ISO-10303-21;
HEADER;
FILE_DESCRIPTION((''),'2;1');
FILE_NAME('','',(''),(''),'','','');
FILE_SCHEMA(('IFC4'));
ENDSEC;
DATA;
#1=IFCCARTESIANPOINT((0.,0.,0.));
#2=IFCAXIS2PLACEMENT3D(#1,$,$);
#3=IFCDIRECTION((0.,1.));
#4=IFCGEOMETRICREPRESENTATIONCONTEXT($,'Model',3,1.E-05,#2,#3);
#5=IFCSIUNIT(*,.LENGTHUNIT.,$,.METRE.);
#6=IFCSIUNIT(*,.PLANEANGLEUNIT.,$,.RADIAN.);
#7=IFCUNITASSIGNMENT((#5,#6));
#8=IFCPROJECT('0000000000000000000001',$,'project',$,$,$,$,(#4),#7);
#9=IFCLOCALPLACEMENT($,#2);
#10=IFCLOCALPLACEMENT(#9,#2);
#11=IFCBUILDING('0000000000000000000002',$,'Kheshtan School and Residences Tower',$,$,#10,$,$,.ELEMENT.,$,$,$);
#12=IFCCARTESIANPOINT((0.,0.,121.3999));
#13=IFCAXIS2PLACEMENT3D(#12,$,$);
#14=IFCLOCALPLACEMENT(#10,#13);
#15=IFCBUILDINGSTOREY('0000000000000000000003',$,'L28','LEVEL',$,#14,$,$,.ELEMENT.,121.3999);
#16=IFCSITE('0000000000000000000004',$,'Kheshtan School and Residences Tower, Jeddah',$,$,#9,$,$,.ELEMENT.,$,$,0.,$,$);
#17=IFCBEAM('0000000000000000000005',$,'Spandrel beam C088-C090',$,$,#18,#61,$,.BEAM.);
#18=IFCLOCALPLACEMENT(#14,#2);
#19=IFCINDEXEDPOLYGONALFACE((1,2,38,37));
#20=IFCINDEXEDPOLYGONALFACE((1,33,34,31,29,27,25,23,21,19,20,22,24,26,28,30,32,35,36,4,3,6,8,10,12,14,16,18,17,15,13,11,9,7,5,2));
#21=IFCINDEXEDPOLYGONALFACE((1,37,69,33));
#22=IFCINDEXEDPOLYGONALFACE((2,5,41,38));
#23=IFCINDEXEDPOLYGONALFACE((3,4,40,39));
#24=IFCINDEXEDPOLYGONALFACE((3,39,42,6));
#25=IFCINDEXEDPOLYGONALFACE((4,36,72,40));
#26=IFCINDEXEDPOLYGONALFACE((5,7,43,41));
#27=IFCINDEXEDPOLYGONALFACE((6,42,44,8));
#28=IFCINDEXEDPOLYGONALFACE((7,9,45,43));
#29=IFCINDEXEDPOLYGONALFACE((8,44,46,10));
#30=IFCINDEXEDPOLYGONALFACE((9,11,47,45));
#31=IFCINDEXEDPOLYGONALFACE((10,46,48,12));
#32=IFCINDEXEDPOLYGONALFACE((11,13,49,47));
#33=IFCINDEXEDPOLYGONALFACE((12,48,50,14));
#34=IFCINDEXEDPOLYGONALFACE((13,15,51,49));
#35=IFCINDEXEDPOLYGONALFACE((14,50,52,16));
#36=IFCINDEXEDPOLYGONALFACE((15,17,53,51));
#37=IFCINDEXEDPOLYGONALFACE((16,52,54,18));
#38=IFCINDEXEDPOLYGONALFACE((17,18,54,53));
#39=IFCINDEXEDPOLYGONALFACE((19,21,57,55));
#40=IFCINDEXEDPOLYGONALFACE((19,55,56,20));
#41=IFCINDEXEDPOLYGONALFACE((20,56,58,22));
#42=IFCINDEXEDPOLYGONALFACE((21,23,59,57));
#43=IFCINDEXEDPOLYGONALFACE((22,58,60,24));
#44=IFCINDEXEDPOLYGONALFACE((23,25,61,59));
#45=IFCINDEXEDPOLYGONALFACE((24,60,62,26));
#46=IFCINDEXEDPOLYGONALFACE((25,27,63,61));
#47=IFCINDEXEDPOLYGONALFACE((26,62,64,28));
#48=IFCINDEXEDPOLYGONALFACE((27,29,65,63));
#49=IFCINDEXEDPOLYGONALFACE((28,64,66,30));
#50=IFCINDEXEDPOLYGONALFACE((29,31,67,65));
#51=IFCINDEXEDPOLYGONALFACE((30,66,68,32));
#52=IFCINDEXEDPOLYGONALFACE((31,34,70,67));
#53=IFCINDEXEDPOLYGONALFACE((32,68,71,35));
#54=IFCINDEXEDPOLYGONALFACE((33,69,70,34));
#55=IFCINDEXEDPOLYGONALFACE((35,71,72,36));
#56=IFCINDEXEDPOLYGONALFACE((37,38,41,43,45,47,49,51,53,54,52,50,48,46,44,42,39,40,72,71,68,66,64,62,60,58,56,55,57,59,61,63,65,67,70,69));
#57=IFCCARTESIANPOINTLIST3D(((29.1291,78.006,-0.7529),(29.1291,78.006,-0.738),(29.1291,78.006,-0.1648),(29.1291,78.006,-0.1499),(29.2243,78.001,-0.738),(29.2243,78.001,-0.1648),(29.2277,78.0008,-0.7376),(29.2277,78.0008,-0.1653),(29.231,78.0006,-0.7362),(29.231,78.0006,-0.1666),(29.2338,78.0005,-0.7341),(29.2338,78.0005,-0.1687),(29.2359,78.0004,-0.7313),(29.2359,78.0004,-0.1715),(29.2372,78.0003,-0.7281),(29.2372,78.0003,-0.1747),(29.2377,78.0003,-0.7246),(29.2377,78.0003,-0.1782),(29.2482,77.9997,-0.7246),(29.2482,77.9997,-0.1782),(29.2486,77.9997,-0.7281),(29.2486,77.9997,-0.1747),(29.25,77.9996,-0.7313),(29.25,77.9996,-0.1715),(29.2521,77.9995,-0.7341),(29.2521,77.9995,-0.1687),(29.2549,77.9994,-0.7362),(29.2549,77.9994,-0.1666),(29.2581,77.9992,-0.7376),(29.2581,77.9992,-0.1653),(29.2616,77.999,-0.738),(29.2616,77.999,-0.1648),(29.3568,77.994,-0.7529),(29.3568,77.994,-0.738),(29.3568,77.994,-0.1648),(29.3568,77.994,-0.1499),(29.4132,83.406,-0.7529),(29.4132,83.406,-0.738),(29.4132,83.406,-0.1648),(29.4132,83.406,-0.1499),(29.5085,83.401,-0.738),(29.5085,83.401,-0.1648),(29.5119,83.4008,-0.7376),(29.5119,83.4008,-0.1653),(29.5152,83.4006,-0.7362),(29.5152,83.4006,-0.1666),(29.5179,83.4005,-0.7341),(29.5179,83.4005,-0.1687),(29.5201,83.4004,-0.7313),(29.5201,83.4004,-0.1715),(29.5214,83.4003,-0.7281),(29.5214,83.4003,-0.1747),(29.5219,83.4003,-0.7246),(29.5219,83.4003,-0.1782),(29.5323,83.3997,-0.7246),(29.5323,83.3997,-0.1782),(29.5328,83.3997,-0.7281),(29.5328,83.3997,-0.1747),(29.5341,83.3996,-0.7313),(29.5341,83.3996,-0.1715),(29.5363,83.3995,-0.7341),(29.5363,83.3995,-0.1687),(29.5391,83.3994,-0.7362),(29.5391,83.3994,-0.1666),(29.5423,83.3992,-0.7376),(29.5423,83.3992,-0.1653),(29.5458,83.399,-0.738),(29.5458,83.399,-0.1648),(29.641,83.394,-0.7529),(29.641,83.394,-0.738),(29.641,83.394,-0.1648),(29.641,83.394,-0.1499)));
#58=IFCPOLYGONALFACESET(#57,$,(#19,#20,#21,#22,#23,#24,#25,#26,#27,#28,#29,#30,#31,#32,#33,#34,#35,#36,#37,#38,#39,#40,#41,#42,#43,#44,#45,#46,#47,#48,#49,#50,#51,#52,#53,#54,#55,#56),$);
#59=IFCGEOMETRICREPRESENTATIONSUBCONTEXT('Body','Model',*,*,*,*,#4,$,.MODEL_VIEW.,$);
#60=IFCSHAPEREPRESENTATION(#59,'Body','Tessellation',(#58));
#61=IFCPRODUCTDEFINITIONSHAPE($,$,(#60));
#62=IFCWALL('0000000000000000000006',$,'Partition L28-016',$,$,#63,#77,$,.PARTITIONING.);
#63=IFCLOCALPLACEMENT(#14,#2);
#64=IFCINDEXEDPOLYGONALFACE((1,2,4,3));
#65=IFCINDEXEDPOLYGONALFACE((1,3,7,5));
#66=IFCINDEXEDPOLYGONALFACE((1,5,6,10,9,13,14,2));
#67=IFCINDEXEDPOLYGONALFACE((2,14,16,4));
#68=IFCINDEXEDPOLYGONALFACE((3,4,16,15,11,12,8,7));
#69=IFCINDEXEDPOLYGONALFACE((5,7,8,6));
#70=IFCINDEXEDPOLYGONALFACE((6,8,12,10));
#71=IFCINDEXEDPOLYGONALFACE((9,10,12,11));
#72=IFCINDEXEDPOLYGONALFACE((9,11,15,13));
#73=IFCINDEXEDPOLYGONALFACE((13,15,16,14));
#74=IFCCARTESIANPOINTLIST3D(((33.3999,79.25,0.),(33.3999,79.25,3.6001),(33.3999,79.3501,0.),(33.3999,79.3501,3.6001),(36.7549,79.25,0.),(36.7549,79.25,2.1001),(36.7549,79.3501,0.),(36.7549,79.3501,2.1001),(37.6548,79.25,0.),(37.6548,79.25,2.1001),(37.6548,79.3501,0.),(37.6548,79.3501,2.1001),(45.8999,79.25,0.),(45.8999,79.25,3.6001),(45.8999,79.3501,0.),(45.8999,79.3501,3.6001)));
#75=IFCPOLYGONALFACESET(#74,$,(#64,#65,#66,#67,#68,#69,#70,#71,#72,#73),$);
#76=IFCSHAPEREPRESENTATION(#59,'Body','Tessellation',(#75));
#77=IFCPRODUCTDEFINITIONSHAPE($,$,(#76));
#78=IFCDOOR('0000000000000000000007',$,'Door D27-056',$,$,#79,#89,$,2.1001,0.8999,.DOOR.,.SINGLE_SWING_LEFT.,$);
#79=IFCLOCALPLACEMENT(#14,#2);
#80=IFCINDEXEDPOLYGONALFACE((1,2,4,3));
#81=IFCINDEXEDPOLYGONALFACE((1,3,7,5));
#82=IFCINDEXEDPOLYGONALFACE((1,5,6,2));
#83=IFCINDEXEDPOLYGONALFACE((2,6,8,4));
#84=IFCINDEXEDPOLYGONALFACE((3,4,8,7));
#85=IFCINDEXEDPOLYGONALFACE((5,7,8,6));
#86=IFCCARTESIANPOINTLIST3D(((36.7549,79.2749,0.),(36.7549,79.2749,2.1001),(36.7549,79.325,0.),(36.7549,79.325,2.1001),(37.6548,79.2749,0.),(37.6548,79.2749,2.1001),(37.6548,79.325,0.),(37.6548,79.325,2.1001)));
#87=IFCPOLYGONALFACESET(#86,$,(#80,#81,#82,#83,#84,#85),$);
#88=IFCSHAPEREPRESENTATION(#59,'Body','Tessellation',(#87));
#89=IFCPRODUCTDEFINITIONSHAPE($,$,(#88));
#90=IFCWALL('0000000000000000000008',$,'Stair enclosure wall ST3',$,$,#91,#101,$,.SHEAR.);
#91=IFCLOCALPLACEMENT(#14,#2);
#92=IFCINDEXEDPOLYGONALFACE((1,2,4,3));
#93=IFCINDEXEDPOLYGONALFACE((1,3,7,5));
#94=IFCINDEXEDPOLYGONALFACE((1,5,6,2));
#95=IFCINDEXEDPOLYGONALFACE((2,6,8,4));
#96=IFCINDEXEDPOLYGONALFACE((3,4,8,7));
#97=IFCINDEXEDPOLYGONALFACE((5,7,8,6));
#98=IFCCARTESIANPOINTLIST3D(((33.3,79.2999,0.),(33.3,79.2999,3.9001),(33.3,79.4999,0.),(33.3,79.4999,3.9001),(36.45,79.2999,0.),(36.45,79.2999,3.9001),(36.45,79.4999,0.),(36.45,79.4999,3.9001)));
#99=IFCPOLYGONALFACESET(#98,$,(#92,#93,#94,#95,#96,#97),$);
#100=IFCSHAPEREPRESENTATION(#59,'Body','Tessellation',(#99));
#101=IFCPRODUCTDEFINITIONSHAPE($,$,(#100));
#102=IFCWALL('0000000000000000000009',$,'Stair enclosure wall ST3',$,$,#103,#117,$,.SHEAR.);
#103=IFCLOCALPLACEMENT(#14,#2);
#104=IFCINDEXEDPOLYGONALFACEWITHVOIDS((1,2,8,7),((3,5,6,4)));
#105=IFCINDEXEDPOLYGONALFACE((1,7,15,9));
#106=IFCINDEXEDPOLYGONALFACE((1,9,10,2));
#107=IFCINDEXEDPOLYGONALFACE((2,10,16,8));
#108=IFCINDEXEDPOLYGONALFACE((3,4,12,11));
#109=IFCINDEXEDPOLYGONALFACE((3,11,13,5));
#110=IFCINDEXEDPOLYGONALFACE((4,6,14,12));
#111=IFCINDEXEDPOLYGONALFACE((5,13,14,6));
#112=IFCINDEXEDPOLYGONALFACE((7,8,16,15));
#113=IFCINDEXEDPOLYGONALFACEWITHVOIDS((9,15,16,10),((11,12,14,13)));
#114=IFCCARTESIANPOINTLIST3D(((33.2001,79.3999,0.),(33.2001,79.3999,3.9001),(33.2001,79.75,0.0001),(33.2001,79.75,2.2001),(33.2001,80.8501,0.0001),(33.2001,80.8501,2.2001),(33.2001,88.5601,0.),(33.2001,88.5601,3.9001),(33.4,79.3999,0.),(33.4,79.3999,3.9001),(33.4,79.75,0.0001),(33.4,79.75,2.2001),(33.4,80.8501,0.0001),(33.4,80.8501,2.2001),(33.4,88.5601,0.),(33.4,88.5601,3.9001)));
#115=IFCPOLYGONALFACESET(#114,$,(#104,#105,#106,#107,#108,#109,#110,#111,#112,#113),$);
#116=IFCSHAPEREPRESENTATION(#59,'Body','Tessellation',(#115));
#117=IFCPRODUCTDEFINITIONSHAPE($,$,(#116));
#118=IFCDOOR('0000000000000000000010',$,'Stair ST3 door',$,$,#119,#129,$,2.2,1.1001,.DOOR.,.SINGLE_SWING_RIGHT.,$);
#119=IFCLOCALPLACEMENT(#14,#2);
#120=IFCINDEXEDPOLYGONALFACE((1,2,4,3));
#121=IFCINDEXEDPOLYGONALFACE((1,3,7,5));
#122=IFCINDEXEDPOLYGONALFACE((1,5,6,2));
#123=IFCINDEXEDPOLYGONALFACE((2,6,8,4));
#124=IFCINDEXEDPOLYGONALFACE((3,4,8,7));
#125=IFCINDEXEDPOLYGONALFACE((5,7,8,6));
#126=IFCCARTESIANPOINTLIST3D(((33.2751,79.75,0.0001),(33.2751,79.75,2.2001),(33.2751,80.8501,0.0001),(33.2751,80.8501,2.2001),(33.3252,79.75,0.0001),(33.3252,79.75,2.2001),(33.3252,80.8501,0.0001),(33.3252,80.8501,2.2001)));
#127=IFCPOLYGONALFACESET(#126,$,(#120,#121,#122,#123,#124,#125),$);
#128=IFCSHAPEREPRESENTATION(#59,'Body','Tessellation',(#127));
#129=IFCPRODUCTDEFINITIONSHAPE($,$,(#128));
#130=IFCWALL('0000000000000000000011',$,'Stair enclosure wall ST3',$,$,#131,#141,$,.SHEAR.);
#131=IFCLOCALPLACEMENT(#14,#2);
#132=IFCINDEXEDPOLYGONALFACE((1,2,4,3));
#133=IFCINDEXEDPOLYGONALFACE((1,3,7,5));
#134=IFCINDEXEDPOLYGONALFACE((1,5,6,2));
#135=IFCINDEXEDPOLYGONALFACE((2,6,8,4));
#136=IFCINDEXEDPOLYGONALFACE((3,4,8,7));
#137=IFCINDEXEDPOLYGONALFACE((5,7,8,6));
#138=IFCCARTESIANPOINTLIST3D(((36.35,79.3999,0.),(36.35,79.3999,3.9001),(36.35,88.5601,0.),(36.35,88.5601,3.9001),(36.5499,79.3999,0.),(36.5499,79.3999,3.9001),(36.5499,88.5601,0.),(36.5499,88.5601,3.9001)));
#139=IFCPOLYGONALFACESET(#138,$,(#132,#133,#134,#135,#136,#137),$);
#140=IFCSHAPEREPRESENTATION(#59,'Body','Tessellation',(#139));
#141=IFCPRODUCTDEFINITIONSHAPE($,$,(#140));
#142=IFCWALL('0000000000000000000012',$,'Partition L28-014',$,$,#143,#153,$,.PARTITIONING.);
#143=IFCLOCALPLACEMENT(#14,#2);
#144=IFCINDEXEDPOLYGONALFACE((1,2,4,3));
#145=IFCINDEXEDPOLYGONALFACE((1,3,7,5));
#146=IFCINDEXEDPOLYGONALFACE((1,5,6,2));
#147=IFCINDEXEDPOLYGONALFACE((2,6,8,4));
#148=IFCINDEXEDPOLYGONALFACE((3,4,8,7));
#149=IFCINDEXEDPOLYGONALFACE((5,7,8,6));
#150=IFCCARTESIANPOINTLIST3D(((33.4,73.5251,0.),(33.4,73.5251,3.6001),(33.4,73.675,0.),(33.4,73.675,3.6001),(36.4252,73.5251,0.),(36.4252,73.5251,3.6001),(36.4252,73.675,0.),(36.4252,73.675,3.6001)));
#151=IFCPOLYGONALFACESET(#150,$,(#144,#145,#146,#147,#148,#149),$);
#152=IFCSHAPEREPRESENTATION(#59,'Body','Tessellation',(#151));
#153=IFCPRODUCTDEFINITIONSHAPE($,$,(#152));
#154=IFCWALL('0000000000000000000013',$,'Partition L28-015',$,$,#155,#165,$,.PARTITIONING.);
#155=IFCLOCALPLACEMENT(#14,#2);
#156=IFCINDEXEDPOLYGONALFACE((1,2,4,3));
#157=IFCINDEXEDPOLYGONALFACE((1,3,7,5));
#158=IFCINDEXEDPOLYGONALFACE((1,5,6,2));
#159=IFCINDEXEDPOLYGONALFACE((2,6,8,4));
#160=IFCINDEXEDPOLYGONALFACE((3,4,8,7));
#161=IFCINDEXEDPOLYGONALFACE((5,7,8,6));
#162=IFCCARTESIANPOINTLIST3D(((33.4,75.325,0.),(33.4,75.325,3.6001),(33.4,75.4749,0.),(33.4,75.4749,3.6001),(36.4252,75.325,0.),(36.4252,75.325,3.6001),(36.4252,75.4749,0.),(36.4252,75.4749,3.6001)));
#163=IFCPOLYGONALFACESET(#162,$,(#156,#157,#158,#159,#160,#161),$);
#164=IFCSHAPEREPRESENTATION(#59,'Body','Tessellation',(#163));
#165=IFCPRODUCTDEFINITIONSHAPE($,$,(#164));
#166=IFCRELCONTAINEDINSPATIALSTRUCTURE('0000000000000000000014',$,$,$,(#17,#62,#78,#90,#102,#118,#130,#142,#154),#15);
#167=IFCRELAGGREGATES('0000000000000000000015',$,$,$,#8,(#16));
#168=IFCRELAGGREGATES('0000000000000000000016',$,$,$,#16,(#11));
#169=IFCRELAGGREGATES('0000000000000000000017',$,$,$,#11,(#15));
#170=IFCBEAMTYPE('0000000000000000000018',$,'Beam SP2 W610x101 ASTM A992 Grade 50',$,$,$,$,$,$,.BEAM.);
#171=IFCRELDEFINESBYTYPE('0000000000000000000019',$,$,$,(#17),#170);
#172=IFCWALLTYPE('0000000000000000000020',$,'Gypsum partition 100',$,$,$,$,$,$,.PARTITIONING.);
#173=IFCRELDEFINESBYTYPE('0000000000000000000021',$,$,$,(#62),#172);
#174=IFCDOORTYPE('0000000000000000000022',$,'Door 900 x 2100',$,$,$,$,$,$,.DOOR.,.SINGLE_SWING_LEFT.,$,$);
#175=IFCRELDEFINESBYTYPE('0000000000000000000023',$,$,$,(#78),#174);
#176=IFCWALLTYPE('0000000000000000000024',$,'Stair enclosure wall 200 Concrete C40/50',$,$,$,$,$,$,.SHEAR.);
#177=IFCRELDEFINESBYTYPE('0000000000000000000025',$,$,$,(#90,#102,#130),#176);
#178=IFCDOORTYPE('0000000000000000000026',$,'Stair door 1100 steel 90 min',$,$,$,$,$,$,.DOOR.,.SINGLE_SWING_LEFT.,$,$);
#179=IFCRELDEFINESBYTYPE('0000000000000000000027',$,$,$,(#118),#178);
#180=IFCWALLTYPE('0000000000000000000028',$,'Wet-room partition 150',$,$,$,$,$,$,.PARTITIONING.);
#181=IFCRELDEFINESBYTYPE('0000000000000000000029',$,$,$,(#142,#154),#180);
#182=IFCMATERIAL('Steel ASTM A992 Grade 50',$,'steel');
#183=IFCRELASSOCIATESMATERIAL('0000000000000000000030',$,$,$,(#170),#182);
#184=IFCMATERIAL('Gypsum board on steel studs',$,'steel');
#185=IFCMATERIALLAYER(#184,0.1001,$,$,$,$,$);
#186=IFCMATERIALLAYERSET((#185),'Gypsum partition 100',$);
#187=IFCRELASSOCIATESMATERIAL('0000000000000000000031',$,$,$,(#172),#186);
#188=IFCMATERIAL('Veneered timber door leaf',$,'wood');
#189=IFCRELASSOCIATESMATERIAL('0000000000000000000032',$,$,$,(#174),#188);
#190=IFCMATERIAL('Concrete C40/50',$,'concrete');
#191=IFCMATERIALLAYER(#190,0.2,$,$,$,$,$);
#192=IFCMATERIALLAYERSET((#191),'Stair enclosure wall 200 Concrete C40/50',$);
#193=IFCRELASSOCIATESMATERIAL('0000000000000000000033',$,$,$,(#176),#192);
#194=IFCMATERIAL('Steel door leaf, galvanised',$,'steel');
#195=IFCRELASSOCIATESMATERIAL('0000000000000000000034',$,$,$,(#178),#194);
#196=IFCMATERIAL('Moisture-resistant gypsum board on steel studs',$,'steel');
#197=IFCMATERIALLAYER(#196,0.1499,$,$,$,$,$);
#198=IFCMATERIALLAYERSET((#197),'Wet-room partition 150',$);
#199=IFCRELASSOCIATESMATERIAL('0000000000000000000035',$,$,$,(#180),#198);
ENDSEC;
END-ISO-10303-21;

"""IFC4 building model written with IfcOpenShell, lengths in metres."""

from ifc_helpers import new_model, si_unit, direction, frame, frame_2d, origin, origin_2d, place, context, subcontext, project, spatial, rectangle, i_section, extrude, source, transform, mapped, material, layer, layer_set, material_profile, profile_set, type_object, element, fill, save


model = new_model("IFC4")

# Units and contexts
model_context = context("Model", 3, precision=1e-05, world=origin(), true_north=direction((0.0, 1.0)))
body_context = subcontext(model_context, "Body", "Model", "MODEL_VIEW")
ifc_project = project(units=[si_unit("LENGTHUNIT", "METRE"), si_unit("PLANEANGLEUNIT", "RADIAN")], contexts=[model_context])

# Site, building, storey
site_placement = place(None, origin())
site = spatial("IfcSite", under=ifc_project, at=site_placement, Name="Kheshtan School and Residences Tower, Jeddah", CompositionType="ELEMENT", RefElevation=0.0)
building_placement = place(site_placement, origin())
building = spatial("IfcBuilding", under=site, at=building_placement, Name="Kheshtan School and Residences Tower", CompositionType="ELEMENT")
storey_placement = place(building_placement, frame((0.0, 0.0, 121.3999)))
storey = spatial("IfcBuildingStorey", under=building, at=storey_placement, Name="L28", Description="LEVEL", CompositionType="ELEMENT", Elevation=121.3999)

# Shared definitions
ifc_material_1 = material(Name="Steel ASTM A992 Grade 50", Category="steel")

# Beam
ifc_material_profile_1 = material_profile(ifc_material_1, i_section(OverallWidth=0.228, OverallDepth=0.603, WebThickness=0.0105, FlangeThickness=0.0149, FilletRadius=0.0134, at=origin_2d()), Name="W610x101")
ifc_profile_set_1 = profile_set([ifc_material_profile_1], Name="Steel ASTM A992 Grade 50")
beam_type_1 = type_object("IfcBeamType", Name="Beam SP2 W610x101 ASTM A992 Grade 50", PredefinedType="BEAM", material=ifc_profile_set_1)
for number, where, z_axis, x_axis, name in (
    (1, (29.2429, 78.0, -0.4514), (0.052554, 0.998618, 0.0), (-0.998618, 0.052554, 0.0), "Spandrel beam C088-C090"),
):
    element("IfcBeam", number, at=place(storey_placement, frame(where, z_axis=z_axis, x_axis=x_axis)), inside=storey, type_object=beam_type_1, Name=name, PredefinedType="BEAM", context=body_context, shape_type="SweptSolid", body=[
        extrude(i_section(OverallWidth=0.228, OverallDepth=0.603, WebThickness=0.0105, FlangeThickness=0.0149, FilletRadius=0.0134, at=origin_2d()), origin(), (0.0, 0.0, 1.0), 5.4075),
    ])

# Wall, opening, door
ifc_material_2 = material(Name="Gypsum board on steel studs", Category="steel")
ifc_layer_1 = layer(ifc_material_2, 0.1001)
ifc_layer_set_1 = layer_set([ifc_layer_1], Name="Gypsum partition 100")
wall_type_1 = type_object("IfcWallType", Name="Gypsum partition 100", PredefinedType="PARTITIONING", material=ifc_layer_set_1)
wall_1_placement = place(storey_placement, frame((33.3999, 79.3, 0.0), z_axis=(0.0, 0.0, 1.0), x_axis=(1.0, 0.0, 0.0)))
wall_1 = element("IfcWall", 2, at=wall_1_placement, inside=storey, type_object=wall_type_1, Name="Partition L28-016", PredefinedType="PARTITIONING", context=body_context, shape_type="SweptSolid", body=[
    extrude(rectangle(XDim=12.5, YDim=0.1001, at=frame_2d((6.25, 0.0))), origin(), (0.0, 0.0, 1.0), 3.6001),
])
opening_1_placement = place(wall_1_placement, frame((3.355, 0.0, 0.0)))
opening_1 = element("IfcOpeningElement", 3, at=opening_1_placement, cuts=wall_1, PredefinedType="OPENING", context=body_context, shape_type="SweptSolid", body=[
    extrude(rectangle(XDim=0.8999, YDim=2.1001, at=frame_2d((0.45, 1.05))), frame((0.0, 0.0601, 0.0), z_axis=(0.0, -1.0, 0.0), x_axis=(1.0, 0.0, 0.0)), (0.0, 0.0, 1.0), 0.1201),
])
ifc_material_3 = material(Name="Veneered timber door leaf", Category="wood")
door_type_1 = type_object("IfcDoorType", Name="Door 900 x 2100", OperationType="SINGLE_SWING_LEFT", PredefinedType="DOOR", material=ifc_material_3)
shared_shape_1 = source(origin(), body_context, "Body", "SweptSolid", [
    extrude(rectangle(XDim=0.8999, YDim=2.1001, at=frame_2d((0.45, 1.05))), frame((0.0, 0.0249, 0.0), z_axis=(0.0, -1.0, 0.0), x_axis=(1.0, 0.0, 0.0)), (0.0, 0.0, 1.0), 0.05),
])
door_1_placement = place(opening_1_placement, origin())
door_1 = element("IfcDoor", 4, at=door_1_placement, inside=storey, type_object=door_type_1, Name="Door D27-056", OperationType="SINGLE_SWING_LEFT", OverallHeight=2.1001, OverallWidth=0.8999, PredefinedType="DOOR", context=body_context, shape_type="MappedRepresentation", body=[
    mapped(shared_shape_1, transform((0.0, 0.0, 0.0), x_axis=(1.0, 0.0, 0.0), y_axis=(0.0, 1.0, 0.0), z_axis=(0.0, 0.0, 1.0), scale=1.0)),
])
fill(opening_1, door_1)

# Wall
ifc_material_4 = material(Name="Concrete C40/50", Category="concrete")
ifc_layer_2 = layer(ifc_material_4, 0.2)
ifc_layer_set_2 = layer_set([ifc_layer_2], Name="Stair enclosure wall 200 Concrete C40/50")
wall_type_2 = type_object("IfcWallType", Name="Stair enclosure wall 200 Concrete C40/50", PredefinedType="SHEAR", material=ifc_layer_set_2)
wall_2_placement = place(storey_placement, frame((33.3, 79.3999, 0.0), z_axis=(0.0, 0.0, 1.0), x_axis=(1.0, 0.0, 0.0)))
element("IfcWall", 5, at=wall_2_placement, inside=storey, type_object=wall_type_2, Name="Stair enclosure wall ST3", PredefinedType="SHEAR", context=body_context, shape_type="SweptSolid", body=[
    extrude(rectangle(XDim=3.1499, YDim=0.2, at=frame_2d((1.575, 0.0))), origin(), (0.0, 0.0, 1.0), 3.9001),
])

# Wall, opening, door
wall_3_placement = place(storey_placement, frame((33.3, 79.3999, 0.0), z_axis=(0.0, 0.0, 1.0), x_axis=(0.0, 1.0, 0.0)))
wall_3 = element("IfcWall", 6, at=wall_3_placement, inside=storey, type_object=wall_type_2, Name="Stair enclosure wall ST3", PredefinedType="SHEAR", context=body_context, shape_type="SweptSolid", body=[
    extrude(rectangle(XDim=9.1602, YDim=0.2, at=frame_2d((4.5801, 0.0))), origin(), (0.0, 0.0, 1.0), 3.9001),
])
opening_2_placement = place(wall_3_placement, frame((0.3501, 0.0, 0.0)))
opening_2 = element("IfcOpeningElement", 7, at=opening_2_placement, cuts=wall_3, PredefinedType="OPENING", context=body_context, shape_type="SweptSolid", body=[
    extrude(rectangle(XDim=1.1001, YDim=2.2, at=frame_2d((0.55, 1.1001))), frame((0.0, 0.1099, 0.0), z_axis=(0.0, -1.0, 0.0), x_axis=(1.0, 0.0, 0.0)), (0.0, 0.0, 1.0), 0.22),
])
ifc_material_5 = material(Name="Steel door leaf, galvanised", Category="steel")
door_type_2 = type_object("IfcDoorType", Name="Stair door 1100 steel 90 min", OperationType="SINGLE_SWING_LEFT", PredefinedType="DOOR", material=ifc_material_5)
shared_shape_2 = source(origin(), body_context, "Body", "SweptSolid", [
    extrude(rectangle(XDim=1.1001, YDim=2.2, at=frame_2d((0.55, 1.1001))), frame((0.0, 0.0249, 0.0), z_axis=(0.0, -1.0, 0.0), x_axis=(1.0, 0.0, 0.0)), (0.0, 0.0, 1.0), 0.05),
])
door_2_placement = place(opening_2_placement, origin())
door_2 = element("IfcDoor", 8, at=door_2_placement, inside=storey, type_object=door_type_2, Name="Stair ST3 door", OperationType="SINGLE_SWING_RIGHT", OverallHeight=2.2, OverallWidth=1.1001, PredefinedType="DOOR", context=body_context, shape_type="MappedRepresentation", body=[
    mapped(shared_shape_2, transform((0.0, 0.0, 0.0), x_axis=(1.0, 0.0, 0.0), y_axis=(0.0, 1.0, 0.0), z_axis=(0.0, 0.0, 1.0), scale=1.0)),
])
fill(opening_2, door_2)

# Walls
wall_4_placement = place(storey_placement, frame((36.45, 79.3999, 0.0), z_axis=(0.0, 0.0, 1.0), x_axis=(0.0, 1.0, 0.0)))
element("IfcWall", 9, at=wall_4_placement, inside=storey, type_object=wall_type_2, Name="Stair enclosure wall ST3", PredefinedType="SHEAR", context=body_context, shape_type="SweptSolid", body=[
    extrude(rectangle(XDim=9.1602, YDim=0.2, at=frame_2d((4.5801, 0.0))), origin(), (0.0, 0.0, 1.0), 3.9001),
])
ifc_material_6 = material(Name="Moisture-resistant gypsum board on steel studs", Category="steel")
ifc_layer_3 = layer(ifc_material_6, 0.1499)
ifc_layer_set_3 = layer_set([ifc_layer_3], Name="Wet-room partition 150")
wall_type_3 = type_object("IfcWallType", Name="Wet-room partition 150", PredefinedType="PARTITIONING", material=ifc_layer_set_3)
for number, where, z_axis, x_axis, name in (
    (10, (33.3999, 73.6001, 0.0), (0.0, 0.0, 1.0), (1.0, 0.0, 0.0), "Partition L28-014"),
    (11, (33.3999, 75.3999, 0.0), (0.0, 0.0, 1.0), (1.0, 0.0, 0.0), "Partition L28-015"),
):
    element("IfcWall", number, at=place(storey_placement, frame(where, z_axis=z_axis, x_axis=x_axis)), inside=storey, type_object=wall_type_3, Name=name, PredefinedType="PARTITIONING", context=body_context, shape_type="SweptSolid", body=[
        extrude(rectangle(XDim=3.0251, YDim=0.1499, at=frame_2d((1.5127, 0.0))), origin(), (0.0, 0.0, 1.0), 3.6001),
    ])

save(model, "model.ifc")
